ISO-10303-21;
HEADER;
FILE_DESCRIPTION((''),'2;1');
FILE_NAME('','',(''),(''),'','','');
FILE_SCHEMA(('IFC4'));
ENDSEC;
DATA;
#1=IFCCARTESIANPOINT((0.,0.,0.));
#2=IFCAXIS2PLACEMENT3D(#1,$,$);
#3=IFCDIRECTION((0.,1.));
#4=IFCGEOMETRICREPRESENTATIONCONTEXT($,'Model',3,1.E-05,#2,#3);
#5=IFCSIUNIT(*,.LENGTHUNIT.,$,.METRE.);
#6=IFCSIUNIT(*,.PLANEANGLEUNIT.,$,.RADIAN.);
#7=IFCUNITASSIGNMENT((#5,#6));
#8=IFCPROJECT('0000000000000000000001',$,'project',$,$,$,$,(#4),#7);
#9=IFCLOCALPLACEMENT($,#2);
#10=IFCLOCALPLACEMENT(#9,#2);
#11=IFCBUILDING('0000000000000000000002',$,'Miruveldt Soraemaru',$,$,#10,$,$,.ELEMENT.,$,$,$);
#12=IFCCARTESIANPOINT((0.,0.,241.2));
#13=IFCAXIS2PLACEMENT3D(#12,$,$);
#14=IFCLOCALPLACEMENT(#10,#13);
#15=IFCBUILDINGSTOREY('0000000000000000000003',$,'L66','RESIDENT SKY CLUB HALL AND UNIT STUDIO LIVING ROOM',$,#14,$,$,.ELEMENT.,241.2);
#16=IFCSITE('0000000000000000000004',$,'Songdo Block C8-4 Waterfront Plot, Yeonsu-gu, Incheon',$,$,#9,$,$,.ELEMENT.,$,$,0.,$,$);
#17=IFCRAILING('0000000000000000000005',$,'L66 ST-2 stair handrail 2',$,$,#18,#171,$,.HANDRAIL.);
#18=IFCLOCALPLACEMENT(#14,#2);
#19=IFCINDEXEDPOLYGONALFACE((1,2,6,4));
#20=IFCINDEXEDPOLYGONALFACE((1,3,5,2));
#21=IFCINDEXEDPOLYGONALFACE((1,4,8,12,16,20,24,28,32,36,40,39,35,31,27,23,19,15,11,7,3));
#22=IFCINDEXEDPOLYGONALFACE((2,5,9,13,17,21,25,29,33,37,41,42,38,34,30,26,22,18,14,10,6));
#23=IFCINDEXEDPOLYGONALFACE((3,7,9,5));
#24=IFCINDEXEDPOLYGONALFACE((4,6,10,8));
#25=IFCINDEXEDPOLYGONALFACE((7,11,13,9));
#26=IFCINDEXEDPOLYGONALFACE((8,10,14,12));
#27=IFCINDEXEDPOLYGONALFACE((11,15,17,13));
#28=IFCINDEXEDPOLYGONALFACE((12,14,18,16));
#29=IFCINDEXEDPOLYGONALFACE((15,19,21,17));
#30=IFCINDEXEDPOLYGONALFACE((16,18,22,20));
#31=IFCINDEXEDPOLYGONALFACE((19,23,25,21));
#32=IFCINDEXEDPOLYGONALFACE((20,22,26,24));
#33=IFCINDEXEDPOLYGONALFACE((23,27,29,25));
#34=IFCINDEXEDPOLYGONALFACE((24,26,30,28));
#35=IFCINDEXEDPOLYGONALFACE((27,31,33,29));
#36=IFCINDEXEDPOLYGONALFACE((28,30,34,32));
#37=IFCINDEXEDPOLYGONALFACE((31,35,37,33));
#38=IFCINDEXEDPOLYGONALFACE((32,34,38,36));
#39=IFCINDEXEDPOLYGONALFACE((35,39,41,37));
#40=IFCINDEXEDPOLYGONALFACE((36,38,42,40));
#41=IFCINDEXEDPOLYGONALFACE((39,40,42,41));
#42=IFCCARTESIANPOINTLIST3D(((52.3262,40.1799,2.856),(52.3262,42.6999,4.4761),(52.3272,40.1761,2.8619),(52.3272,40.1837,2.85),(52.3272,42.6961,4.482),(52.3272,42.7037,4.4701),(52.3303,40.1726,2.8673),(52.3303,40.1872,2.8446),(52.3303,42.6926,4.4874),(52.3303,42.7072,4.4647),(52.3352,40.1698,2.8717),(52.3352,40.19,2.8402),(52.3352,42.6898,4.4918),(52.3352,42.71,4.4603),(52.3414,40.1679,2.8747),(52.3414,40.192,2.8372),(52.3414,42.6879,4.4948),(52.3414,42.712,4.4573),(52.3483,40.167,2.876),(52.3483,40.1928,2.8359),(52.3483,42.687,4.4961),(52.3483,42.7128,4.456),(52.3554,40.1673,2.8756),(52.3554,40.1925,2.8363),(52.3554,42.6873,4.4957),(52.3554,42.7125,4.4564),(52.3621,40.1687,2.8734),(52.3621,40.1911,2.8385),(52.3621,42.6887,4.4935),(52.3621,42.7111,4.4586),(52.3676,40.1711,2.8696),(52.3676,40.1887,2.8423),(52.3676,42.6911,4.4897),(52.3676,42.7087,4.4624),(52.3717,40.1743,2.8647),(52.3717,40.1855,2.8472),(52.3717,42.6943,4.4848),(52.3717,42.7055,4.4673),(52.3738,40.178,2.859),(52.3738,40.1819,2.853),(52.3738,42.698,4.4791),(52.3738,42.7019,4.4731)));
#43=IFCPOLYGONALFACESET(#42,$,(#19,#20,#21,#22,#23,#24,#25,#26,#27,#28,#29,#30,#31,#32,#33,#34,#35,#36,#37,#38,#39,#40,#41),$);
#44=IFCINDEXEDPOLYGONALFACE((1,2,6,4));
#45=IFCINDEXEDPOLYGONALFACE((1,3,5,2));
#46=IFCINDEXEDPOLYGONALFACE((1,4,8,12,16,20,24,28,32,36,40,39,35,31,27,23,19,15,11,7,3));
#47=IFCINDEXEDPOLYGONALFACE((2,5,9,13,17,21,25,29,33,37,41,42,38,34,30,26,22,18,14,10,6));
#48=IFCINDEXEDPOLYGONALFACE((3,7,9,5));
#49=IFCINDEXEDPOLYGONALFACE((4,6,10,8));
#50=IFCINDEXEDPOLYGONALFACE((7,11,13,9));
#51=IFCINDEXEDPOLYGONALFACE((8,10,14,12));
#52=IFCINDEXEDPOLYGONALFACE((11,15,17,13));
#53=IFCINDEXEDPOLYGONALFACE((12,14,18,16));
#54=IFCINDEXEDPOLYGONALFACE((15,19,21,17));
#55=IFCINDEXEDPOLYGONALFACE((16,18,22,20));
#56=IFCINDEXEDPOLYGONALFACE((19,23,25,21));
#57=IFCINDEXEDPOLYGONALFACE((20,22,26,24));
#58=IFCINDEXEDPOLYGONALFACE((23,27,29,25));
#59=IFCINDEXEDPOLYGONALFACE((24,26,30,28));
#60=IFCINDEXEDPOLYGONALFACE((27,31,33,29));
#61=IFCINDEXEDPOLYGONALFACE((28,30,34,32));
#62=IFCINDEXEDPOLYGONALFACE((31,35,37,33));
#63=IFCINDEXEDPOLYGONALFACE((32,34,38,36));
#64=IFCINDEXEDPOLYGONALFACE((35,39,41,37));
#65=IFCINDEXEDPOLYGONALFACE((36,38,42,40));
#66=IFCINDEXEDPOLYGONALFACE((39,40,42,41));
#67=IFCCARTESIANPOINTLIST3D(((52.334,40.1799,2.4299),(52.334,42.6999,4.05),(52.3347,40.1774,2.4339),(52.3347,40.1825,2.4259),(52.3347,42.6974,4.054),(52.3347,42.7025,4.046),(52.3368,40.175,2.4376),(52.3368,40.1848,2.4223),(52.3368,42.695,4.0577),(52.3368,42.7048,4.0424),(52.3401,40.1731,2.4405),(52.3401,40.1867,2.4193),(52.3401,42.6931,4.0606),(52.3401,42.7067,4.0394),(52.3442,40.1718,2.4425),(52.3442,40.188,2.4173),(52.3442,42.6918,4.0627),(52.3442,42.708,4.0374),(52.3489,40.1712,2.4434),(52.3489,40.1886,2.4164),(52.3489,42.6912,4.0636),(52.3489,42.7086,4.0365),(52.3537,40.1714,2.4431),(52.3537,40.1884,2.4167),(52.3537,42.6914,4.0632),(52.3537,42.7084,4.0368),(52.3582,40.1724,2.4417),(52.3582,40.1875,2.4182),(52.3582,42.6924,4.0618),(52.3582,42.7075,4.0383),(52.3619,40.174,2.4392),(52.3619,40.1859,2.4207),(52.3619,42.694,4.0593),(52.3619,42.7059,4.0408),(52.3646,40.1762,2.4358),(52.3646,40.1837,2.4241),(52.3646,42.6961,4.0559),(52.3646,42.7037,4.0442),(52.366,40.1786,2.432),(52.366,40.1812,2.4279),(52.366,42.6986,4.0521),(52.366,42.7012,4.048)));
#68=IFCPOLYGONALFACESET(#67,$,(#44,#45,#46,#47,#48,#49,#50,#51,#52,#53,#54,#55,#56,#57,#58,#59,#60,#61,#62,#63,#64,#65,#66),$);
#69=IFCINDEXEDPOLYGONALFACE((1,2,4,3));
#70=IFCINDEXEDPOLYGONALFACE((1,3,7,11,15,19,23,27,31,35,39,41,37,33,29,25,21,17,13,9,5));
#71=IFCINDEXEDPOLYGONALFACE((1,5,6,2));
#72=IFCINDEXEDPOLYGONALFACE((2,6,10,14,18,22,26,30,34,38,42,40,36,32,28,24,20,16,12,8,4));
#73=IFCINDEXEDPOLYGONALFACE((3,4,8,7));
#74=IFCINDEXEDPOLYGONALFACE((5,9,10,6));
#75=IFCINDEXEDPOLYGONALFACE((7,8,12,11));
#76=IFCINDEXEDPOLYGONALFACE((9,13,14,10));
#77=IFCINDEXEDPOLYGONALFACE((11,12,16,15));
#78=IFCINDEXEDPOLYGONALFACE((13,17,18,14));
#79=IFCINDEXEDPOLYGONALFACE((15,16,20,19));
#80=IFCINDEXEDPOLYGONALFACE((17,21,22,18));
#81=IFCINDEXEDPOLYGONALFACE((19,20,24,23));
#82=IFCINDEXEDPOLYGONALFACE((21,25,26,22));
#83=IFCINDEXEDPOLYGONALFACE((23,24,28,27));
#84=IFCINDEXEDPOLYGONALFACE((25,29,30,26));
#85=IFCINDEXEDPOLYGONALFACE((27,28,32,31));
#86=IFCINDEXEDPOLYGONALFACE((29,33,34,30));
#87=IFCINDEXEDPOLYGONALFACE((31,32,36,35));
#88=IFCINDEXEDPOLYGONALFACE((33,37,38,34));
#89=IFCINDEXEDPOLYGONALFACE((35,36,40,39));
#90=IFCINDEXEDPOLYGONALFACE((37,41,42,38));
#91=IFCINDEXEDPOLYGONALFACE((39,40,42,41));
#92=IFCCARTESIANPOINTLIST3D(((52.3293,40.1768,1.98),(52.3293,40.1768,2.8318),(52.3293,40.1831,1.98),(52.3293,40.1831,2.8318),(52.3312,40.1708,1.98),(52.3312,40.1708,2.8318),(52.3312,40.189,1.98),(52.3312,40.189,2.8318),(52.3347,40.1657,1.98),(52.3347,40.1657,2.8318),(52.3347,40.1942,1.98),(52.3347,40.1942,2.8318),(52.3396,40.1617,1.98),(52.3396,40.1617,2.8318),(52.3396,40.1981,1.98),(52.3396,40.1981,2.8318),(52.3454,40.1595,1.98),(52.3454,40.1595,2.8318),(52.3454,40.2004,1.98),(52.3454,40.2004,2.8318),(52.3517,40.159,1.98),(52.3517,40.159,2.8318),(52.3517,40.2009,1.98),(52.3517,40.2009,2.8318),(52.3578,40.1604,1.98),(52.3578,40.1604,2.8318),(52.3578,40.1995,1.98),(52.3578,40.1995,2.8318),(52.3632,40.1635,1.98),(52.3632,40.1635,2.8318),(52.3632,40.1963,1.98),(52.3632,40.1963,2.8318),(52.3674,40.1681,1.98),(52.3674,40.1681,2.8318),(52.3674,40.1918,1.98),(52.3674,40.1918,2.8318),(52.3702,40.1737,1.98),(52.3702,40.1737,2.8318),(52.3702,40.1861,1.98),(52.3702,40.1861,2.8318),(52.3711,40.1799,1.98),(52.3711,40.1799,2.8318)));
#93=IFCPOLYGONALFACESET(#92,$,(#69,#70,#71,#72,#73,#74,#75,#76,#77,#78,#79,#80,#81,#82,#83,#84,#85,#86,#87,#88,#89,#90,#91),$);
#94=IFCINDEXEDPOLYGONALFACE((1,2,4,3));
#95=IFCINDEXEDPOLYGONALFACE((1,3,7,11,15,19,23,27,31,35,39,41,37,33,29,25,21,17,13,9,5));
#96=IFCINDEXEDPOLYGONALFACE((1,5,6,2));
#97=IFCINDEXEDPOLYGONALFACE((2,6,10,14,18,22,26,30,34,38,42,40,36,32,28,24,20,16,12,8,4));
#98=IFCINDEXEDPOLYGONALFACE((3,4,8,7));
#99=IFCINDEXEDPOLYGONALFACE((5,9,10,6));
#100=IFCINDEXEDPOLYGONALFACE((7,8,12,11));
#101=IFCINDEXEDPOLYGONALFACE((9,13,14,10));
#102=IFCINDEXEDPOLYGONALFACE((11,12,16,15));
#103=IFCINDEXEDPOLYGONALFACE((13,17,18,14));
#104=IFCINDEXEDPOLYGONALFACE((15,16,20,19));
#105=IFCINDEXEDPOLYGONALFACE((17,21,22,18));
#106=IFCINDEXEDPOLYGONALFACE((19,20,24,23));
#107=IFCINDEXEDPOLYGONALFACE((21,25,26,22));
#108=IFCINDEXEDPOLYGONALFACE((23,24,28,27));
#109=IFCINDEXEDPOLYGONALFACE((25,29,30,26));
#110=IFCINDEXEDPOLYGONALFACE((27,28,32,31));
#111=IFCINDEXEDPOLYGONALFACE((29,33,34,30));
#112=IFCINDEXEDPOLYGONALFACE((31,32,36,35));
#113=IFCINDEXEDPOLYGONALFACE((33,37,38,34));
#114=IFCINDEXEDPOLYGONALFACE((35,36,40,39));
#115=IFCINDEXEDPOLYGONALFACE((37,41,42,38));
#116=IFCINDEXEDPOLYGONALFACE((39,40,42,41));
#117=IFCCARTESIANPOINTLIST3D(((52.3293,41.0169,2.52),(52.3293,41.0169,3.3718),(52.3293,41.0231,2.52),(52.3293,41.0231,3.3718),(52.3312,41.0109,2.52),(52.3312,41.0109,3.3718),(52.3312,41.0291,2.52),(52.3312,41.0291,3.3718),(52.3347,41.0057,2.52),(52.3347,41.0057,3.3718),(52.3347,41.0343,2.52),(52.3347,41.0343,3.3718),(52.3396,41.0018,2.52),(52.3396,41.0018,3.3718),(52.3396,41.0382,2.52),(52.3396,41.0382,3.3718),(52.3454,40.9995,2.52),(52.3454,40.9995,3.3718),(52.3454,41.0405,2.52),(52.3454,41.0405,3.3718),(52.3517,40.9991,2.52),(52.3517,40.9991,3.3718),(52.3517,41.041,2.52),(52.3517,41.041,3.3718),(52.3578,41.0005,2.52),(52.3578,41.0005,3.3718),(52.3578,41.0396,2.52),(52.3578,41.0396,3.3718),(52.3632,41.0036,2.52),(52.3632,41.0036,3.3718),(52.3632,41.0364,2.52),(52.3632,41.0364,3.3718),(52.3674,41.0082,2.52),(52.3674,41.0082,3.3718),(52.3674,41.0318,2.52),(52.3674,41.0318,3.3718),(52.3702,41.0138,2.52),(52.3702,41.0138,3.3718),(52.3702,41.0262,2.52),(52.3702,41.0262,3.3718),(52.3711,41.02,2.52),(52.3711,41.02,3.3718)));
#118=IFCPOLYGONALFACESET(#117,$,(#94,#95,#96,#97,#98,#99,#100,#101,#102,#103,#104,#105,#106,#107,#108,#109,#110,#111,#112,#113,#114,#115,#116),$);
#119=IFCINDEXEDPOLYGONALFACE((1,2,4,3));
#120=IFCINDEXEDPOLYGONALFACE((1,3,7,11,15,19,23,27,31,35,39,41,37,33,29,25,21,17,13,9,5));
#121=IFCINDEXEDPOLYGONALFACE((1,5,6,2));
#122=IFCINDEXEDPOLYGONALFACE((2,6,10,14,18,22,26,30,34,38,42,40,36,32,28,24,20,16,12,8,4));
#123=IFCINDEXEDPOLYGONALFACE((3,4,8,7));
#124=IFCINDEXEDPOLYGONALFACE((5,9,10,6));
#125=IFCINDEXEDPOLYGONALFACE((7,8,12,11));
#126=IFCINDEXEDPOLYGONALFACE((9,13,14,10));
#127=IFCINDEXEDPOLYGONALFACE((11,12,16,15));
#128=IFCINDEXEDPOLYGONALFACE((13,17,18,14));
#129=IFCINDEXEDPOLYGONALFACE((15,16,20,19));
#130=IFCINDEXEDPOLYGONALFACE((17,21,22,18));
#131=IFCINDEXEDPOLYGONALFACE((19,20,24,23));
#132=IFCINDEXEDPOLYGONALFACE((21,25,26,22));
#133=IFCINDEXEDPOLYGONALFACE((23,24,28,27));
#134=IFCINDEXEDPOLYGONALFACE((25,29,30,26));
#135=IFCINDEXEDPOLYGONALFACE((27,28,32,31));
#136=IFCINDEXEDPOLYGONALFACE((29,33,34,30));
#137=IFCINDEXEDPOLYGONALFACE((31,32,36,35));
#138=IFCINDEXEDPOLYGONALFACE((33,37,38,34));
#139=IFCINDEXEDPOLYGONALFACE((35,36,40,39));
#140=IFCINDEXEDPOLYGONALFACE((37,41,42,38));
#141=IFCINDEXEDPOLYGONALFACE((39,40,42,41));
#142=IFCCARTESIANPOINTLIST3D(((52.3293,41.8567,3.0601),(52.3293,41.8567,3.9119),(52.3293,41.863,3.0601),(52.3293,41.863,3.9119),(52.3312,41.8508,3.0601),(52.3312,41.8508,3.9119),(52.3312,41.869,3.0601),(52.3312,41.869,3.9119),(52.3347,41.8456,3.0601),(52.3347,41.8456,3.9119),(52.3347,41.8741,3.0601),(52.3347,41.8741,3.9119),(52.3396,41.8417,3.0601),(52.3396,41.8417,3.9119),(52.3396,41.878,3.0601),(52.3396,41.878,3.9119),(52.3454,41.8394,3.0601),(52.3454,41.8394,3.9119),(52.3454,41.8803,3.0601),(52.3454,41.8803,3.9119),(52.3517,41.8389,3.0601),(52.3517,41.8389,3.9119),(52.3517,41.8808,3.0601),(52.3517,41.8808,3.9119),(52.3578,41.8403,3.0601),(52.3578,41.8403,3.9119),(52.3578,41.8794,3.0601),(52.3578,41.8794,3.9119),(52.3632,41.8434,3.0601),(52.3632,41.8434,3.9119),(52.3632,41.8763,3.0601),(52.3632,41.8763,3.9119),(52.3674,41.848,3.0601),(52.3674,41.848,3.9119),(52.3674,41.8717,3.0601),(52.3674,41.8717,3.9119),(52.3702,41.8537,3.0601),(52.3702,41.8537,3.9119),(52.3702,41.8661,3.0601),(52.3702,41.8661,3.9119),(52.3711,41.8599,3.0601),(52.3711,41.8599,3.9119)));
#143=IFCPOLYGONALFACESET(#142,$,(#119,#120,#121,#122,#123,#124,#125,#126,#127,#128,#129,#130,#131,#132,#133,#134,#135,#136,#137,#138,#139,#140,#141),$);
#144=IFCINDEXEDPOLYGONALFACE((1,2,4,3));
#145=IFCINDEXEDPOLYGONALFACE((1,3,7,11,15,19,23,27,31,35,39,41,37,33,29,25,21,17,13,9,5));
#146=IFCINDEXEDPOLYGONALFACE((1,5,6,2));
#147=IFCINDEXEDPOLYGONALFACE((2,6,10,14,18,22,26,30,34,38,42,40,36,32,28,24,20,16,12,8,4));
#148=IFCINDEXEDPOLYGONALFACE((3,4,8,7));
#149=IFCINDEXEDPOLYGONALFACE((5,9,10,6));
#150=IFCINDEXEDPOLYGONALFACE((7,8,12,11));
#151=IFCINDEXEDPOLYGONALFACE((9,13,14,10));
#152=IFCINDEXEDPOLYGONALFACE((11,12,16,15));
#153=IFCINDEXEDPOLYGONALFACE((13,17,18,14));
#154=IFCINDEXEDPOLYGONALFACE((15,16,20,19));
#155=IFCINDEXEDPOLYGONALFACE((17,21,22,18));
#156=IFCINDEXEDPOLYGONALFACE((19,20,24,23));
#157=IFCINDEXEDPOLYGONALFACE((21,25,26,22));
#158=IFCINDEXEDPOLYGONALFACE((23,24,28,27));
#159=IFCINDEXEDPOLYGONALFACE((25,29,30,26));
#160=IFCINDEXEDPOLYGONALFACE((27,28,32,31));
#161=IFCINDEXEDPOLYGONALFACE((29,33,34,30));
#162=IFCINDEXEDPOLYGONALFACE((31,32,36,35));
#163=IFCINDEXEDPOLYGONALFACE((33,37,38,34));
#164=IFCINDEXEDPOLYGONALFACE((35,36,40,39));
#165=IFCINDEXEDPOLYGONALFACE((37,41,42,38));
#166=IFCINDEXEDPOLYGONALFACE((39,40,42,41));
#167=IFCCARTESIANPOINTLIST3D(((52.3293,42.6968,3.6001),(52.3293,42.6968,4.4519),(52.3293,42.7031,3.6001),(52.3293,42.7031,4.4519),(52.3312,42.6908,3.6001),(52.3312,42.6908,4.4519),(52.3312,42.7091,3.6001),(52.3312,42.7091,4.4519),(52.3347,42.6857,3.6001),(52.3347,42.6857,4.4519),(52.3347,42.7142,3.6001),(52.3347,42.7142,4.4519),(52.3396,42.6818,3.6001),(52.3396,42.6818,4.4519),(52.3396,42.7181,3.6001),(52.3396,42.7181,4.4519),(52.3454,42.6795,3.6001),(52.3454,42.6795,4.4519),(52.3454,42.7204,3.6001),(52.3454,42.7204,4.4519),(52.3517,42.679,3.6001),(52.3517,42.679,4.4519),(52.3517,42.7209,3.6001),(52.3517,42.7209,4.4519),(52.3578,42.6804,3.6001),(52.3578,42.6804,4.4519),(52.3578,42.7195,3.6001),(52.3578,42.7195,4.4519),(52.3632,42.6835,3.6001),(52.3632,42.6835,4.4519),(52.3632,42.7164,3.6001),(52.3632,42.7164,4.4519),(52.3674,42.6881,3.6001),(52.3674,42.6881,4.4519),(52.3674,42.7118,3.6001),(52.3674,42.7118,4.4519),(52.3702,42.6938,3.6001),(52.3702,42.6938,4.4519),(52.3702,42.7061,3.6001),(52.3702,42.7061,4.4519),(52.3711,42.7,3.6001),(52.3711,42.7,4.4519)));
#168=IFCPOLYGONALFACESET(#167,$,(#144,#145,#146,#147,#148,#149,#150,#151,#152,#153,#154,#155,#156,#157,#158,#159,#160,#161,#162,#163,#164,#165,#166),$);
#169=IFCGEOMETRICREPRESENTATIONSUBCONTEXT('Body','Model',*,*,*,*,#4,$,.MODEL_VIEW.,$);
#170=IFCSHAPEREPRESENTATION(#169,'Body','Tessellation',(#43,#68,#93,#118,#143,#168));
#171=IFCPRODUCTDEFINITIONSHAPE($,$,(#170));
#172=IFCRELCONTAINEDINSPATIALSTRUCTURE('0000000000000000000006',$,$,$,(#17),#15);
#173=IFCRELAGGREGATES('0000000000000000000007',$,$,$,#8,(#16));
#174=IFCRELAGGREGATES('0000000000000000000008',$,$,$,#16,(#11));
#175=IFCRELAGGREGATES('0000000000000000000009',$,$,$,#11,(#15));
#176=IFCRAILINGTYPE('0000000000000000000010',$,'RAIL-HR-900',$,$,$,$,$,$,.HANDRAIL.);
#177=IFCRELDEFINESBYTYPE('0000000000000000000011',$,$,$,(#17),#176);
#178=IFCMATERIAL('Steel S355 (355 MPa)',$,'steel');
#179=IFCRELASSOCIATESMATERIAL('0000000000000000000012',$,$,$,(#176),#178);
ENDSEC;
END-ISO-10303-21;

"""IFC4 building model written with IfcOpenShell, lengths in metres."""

from ifc_helpers import new_model, si_unit, direction, frame, origin, origin_2d, place, context, subcontext, project, spatial, circle, extrude, material, type_object, element, save


model = new_model("IFC4")

# Units and contexts
model_context = context("Model", 3, precision=1e-05, world=origin(), true_north=direction((0.0, 1.0)))
body_context = subcontext(model_context, "Body", "Model", "MODEL_VIEW")
ifc_project = project(units=[si_unit("LENGTHUNIT", "METRE"), si_unit("PLANEANGLEUNIT", "RADIAN")], contexts=[model_context])

# Site, building, storey
site_placement = place(None, origin())
site = spatial("IfcSite", under=ifc_project, at=site_placement, Name="Songdo Block C8-4 Waterfront Plot, Yeonsu-gu, Incheon", CompositionType="ELEMENT", RefElevation=0.0)
building_placement = place(site_placement, origin())
building = spatial("IfcBuilding", under=site, at=building_placement, Name="Miruveldt Soraemaru", CompositionType="ELEMENT")
storey_placement = place(building_placement, frame((0.0, 0.0, 241.2)))
storey = spatial("IfcBuildingStorey", under=building, at=storey_placement, Name="L66", Description="RESIDENT SKY CLUB HALL AND UNIT STUDIO LIVING ROOM", CompositionType="ELEMENT", Elevation=241.2)

# Railing
ifc_material_1 = material(Name="Steel S355 (355 MPa)", Category="steel")
railing_type_1 = type_object("IfcRailingType", Name="RAIL-HR-900", PredefinedType="HANDRAIL", material=ifc_material_1)
railing_1_placement = place(storey_placement, frame((52.3501, 40.1799, 1.98)))
element("IfcRailing", 1, at=railing_1_placement, inside=storey, type_object=railing_type_1, Name="L66 ST-2 stair handrail 2", PredefinedType="HANDRAIL", context=body_context, shape_type="SweptSolid", body=[
    extrude(circle(Radius=0.0239, at=origin_2d()), frame((0.0, 0.0, 0.876), z_axis=(0.0, 0.841163, 0.540782), x_axis=(-1.0, 0.0, 0.0)), (0.0, 0.0, 1.0), 2.9958),
    extrude(circle(Radius=0.0161, at=origin_2d()), frame((0.0, 0.0, 0.45), z_axis=(0.0, 0.841163, 0.540782), x_axis=(-1.0, 0.0, 0.0)), (0.0, 0.0, 1.0), 2.9958),
    extrude(circle(Radius=0.021, at=origin_2d()), origin(), (0.0, 0.0, 1.0), 0.8518),
    extrude(circle(Radius=0.021, at=origin_2d()), frame((0.0, 0.8401, 0.54)), (0.0, 0.0, 1.0), 0.8518),
    extrude(circle(Radius=0.021, at=origin_2d()), frame((0.0, 1.6799, 1.0801)), (0.0, 0.0, 1.0), 0.8518),
    extrude(circle(Radius=0.021, at=origin_2d()), frame((0.0, 2.52, 1.6201)), (0.0, 0.0, 1.0), 0.8518),
])

save(model, "model.ifc")
